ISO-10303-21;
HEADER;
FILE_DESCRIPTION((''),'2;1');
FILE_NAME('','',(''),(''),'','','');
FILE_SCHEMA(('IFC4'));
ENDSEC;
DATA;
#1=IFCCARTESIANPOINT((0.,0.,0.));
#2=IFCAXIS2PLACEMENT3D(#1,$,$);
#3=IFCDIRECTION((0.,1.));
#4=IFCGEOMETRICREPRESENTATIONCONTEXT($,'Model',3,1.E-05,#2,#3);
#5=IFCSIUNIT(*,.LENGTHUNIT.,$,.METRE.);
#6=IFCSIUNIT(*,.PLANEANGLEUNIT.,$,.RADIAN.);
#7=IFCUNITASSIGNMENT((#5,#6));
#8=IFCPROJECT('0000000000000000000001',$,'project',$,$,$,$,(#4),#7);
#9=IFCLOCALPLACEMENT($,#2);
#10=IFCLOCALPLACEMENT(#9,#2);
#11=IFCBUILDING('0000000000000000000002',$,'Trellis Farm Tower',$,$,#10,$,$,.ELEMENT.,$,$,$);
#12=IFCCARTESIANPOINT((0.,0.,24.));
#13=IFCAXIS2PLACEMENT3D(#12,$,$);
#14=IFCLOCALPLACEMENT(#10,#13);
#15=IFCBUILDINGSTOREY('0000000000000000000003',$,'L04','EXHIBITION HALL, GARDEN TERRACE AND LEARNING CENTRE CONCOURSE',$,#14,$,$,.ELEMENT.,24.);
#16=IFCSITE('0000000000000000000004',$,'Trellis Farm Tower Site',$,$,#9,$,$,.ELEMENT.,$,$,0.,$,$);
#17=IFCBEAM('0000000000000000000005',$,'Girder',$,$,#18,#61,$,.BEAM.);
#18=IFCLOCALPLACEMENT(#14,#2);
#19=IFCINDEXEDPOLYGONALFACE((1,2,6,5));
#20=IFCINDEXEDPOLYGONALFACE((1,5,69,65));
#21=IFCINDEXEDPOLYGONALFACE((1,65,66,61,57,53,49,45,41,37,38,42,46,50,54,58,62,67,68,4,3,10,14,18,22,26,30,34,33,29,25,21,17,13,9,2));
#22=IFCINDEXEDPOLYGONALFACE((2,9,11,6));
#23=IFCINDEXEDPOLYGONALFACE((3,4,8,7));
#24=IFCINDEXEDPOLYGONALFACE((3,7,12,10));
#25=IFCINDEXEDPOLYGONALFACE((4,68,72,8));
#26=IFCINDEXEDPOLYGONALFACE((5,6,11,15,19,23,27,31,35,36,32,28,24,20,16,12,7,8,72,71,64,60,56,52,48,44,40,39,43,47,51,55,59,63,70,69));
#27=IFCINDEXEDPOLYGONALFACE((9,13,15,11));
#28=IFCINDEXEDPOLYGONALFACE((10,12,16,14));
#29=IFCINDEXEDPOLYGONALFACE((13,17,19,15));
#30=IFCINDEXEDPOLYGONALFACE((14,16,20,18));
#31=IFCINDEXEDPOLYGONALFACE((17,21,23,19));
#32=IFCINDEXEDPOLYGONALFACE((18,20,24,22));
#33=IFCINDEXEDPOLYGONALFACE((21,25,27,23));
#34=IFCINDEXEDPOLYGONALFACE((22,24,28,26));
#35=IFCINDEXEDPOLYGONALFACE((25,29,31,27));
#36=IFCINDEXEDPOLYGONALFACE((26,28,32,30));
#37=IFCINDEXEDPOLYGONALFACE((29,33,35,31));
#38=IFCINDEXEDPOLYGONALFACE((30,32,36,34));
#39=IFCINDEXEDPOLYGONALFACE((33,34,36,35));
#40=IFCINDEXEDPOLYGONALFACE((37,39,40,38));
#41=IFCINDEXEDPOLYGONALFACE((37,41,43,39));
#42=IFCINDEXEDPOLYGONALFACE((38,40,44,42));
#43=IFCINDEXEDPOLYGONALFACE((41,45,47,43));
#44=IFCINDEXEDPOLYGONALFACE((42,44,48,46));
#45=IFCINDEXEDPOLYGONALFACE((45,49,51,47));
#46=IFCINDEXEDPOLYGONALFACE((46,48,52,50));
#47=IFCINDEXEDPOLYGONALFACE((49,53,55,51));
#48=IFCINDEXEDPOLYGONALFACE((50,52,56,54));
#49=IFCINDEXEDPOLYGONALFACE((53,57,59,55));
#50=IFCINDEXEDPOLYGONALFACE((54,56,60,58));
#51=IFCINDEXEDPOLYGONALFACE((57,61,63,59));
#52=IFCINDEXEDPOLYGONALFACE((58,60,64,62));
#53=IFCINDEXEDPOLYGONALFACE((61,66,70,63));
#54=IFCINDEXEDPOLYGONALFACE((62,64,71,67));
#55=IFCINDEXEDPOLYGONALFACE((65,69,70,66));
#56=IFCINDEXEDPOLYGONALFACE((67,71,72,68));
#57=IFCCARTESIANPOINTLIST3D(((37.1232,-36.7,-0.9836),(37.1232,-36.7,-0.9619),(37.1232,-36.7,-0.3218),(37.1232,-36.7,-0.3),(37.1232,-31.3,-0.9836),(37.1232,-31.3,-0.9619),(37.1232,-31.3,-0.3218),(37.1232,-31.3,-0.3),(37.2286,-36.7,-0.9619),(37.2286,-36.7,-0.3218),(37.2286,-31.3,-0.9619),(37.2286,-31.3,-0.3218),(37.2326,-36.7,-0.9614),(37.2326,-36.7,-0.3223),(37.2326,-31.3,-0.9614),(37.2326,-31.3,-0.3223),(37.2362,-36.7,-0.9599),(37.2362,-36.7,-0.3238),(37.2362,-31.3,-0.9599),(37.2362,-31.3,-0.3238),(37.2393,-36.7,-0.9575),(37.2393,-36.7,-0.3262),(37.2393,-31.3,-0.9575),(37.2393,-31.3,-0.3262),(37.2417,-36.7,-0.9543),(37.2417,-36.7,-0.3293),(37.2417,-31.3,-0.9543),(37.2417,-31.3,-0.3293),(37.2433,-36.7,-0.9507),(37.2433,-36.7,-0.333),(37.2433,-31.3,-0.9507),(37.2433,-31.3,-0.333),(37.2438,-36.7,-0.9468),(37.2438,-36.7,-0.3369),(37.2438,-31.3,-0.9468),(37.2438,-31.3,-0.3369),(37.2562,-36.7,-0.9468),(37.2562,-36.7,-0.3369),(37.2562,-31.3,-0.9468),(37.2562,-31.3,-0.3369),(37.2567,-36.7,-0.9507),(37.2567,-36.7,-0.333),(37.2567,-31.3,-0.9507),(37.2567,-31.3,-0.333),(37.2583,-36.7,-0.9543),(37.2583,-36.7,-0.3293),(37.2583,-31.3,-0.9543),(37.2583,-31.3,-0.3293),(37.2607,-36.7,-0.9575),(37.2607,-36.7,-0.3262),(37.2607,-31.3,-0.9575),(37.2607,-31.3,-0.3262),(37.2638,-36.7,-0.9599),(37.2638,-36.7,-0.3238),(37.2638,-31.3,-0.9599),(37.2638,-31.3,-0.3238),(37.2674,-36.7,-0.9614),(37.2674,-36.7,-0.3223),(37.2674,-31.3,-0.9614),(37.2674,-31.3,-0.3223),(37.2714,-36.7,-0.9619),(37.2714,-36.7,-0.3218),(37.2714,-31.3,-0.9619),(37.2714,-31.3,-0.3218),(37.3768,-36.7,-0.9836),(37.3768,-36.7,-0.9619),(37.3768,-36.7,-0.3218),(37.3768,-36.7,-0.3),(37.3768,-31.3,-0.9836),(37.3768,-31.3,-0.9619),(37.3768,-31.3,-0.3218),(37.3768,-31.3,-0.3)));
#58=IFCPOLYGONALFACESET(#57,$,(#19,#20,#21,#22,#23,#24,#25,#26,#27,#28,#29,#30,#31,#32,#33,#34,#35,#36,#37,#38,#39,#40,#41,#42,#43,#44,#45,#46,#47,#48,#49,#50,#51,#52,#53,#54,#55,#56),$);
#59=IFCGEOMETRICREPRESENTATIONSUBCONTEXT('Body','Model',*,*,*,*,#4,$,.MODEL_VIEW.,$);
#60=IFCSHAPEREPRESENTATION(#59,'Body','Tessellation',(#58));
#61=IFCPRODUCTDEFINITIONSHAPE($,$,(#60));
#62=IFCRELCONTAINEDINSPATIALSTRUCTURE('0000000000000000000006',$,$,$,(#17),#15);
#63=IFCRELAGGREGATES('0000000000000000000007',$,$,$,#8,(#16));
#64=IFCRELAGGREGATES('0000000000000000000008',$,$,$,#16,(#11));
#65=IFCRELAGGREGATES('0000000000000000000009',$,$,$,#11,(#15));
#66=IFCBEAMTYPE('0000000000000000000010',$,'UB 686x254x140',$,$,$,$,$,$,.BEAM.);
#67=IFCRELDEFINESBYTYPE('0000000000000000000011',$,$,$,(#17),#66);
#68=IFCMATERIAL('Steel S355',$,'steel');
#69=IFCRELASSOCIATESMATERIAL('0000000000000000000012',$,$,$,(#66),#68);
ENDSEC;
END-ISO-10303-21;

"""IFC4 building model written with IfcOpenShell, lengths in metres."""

from ifc_helpers import new_model, si_unit, direction, frame, origin, origin_2d, place, context, subcontext, project, spatial, i_section, extrude, source, transform, mapped, material, material_profile, profile_set, type_object, element, save


model = new_model("IFC4")

# Units and contexts
model_context = context("Model", 3, precision=1e-05, world=origin(), true_north=direction((0.0, 1.0)))
body_context = subcontext(model_context, "Body", "Model", "MODEL_VIEW")
ifc_project = project(units=[si_unit("LENGTHUNIT", "METRE"), si_unit("PLANEANGLEUNIT", "RADIAN")], contexts=[model_context])

# Site, building, storey
site_placement = place(None, origin())
site = spatial("IfcSite", under=ifc_project, at=site_placement, Name="Trellis Farm Tower Site", CompositionType="ELEMENT", RefElevation=0.0)
building_placement = place(site_placement, origin())
building = spatial("IfcBuilding", under=site, at=building_placement, Name="Trellis Farm Tower", CompositionType="ELEMENT")
storey_placement = place(building_placement, frame((0.0, 0.0, 24.0)))
storey = spatial("IfcBuildingStorey", under=building, at=storey_placement, Name="L04", Description="EXHIBITION HALL, GARDEN TERRACE AND LEARNING CENTRE CONCOURSE", CompositionType="ELEMENT", Elevation=24.0)

# Beam
ifc_material_1 = material(Name="Steel S355", Category="steel")
ifc_material_profile = material_profile(ifc_material_1, i_section(OverallWidth=0.2537, OverallDepth=0.6836, WebThickness=0.0125, FlangeThickness=0.0217, FilletRadius=0.0151, at=origin_2d()), Name="UB 686x254x140")
ifc_profile_set = profile_set([ifc_material_profile], Name="Steel S355")
beam_type = type_object("IfcBeamType", Name="UB 686x254x140", PredefinedType="BEAM", material=ifc_profile_set)
shared_shape = source(origin(), body_context, "Body", "SweptSolid", [
    extrude(i_section(OverallWidth=0.2537, OverallDepth=0.6836, WebThickness=0.0125, FlangeThickness=0.0217, FilletRadius=0.0151, at=origin_2d()), origin(), (0.0, 0.0, 1.0), 5.3999),
])
beam_placement = place(storey_placement, frame((37.25, -36.7, -0.6418), z_axis=(0.0, 1.0, 0.0), x_axis=(-1.0, 0.0, 0.0)))
element("IfcBeam", 1, at=beam_placement, inside=storey, type_object=beam_type, Name="Girder", PredefinedType="BEAM", context=body_context, shape_type="MappedRepresentation", body=[
    mapped(shared_shape, transform((0.0, 0.0, 0.0))),
])

save(model, "model.ifc")
